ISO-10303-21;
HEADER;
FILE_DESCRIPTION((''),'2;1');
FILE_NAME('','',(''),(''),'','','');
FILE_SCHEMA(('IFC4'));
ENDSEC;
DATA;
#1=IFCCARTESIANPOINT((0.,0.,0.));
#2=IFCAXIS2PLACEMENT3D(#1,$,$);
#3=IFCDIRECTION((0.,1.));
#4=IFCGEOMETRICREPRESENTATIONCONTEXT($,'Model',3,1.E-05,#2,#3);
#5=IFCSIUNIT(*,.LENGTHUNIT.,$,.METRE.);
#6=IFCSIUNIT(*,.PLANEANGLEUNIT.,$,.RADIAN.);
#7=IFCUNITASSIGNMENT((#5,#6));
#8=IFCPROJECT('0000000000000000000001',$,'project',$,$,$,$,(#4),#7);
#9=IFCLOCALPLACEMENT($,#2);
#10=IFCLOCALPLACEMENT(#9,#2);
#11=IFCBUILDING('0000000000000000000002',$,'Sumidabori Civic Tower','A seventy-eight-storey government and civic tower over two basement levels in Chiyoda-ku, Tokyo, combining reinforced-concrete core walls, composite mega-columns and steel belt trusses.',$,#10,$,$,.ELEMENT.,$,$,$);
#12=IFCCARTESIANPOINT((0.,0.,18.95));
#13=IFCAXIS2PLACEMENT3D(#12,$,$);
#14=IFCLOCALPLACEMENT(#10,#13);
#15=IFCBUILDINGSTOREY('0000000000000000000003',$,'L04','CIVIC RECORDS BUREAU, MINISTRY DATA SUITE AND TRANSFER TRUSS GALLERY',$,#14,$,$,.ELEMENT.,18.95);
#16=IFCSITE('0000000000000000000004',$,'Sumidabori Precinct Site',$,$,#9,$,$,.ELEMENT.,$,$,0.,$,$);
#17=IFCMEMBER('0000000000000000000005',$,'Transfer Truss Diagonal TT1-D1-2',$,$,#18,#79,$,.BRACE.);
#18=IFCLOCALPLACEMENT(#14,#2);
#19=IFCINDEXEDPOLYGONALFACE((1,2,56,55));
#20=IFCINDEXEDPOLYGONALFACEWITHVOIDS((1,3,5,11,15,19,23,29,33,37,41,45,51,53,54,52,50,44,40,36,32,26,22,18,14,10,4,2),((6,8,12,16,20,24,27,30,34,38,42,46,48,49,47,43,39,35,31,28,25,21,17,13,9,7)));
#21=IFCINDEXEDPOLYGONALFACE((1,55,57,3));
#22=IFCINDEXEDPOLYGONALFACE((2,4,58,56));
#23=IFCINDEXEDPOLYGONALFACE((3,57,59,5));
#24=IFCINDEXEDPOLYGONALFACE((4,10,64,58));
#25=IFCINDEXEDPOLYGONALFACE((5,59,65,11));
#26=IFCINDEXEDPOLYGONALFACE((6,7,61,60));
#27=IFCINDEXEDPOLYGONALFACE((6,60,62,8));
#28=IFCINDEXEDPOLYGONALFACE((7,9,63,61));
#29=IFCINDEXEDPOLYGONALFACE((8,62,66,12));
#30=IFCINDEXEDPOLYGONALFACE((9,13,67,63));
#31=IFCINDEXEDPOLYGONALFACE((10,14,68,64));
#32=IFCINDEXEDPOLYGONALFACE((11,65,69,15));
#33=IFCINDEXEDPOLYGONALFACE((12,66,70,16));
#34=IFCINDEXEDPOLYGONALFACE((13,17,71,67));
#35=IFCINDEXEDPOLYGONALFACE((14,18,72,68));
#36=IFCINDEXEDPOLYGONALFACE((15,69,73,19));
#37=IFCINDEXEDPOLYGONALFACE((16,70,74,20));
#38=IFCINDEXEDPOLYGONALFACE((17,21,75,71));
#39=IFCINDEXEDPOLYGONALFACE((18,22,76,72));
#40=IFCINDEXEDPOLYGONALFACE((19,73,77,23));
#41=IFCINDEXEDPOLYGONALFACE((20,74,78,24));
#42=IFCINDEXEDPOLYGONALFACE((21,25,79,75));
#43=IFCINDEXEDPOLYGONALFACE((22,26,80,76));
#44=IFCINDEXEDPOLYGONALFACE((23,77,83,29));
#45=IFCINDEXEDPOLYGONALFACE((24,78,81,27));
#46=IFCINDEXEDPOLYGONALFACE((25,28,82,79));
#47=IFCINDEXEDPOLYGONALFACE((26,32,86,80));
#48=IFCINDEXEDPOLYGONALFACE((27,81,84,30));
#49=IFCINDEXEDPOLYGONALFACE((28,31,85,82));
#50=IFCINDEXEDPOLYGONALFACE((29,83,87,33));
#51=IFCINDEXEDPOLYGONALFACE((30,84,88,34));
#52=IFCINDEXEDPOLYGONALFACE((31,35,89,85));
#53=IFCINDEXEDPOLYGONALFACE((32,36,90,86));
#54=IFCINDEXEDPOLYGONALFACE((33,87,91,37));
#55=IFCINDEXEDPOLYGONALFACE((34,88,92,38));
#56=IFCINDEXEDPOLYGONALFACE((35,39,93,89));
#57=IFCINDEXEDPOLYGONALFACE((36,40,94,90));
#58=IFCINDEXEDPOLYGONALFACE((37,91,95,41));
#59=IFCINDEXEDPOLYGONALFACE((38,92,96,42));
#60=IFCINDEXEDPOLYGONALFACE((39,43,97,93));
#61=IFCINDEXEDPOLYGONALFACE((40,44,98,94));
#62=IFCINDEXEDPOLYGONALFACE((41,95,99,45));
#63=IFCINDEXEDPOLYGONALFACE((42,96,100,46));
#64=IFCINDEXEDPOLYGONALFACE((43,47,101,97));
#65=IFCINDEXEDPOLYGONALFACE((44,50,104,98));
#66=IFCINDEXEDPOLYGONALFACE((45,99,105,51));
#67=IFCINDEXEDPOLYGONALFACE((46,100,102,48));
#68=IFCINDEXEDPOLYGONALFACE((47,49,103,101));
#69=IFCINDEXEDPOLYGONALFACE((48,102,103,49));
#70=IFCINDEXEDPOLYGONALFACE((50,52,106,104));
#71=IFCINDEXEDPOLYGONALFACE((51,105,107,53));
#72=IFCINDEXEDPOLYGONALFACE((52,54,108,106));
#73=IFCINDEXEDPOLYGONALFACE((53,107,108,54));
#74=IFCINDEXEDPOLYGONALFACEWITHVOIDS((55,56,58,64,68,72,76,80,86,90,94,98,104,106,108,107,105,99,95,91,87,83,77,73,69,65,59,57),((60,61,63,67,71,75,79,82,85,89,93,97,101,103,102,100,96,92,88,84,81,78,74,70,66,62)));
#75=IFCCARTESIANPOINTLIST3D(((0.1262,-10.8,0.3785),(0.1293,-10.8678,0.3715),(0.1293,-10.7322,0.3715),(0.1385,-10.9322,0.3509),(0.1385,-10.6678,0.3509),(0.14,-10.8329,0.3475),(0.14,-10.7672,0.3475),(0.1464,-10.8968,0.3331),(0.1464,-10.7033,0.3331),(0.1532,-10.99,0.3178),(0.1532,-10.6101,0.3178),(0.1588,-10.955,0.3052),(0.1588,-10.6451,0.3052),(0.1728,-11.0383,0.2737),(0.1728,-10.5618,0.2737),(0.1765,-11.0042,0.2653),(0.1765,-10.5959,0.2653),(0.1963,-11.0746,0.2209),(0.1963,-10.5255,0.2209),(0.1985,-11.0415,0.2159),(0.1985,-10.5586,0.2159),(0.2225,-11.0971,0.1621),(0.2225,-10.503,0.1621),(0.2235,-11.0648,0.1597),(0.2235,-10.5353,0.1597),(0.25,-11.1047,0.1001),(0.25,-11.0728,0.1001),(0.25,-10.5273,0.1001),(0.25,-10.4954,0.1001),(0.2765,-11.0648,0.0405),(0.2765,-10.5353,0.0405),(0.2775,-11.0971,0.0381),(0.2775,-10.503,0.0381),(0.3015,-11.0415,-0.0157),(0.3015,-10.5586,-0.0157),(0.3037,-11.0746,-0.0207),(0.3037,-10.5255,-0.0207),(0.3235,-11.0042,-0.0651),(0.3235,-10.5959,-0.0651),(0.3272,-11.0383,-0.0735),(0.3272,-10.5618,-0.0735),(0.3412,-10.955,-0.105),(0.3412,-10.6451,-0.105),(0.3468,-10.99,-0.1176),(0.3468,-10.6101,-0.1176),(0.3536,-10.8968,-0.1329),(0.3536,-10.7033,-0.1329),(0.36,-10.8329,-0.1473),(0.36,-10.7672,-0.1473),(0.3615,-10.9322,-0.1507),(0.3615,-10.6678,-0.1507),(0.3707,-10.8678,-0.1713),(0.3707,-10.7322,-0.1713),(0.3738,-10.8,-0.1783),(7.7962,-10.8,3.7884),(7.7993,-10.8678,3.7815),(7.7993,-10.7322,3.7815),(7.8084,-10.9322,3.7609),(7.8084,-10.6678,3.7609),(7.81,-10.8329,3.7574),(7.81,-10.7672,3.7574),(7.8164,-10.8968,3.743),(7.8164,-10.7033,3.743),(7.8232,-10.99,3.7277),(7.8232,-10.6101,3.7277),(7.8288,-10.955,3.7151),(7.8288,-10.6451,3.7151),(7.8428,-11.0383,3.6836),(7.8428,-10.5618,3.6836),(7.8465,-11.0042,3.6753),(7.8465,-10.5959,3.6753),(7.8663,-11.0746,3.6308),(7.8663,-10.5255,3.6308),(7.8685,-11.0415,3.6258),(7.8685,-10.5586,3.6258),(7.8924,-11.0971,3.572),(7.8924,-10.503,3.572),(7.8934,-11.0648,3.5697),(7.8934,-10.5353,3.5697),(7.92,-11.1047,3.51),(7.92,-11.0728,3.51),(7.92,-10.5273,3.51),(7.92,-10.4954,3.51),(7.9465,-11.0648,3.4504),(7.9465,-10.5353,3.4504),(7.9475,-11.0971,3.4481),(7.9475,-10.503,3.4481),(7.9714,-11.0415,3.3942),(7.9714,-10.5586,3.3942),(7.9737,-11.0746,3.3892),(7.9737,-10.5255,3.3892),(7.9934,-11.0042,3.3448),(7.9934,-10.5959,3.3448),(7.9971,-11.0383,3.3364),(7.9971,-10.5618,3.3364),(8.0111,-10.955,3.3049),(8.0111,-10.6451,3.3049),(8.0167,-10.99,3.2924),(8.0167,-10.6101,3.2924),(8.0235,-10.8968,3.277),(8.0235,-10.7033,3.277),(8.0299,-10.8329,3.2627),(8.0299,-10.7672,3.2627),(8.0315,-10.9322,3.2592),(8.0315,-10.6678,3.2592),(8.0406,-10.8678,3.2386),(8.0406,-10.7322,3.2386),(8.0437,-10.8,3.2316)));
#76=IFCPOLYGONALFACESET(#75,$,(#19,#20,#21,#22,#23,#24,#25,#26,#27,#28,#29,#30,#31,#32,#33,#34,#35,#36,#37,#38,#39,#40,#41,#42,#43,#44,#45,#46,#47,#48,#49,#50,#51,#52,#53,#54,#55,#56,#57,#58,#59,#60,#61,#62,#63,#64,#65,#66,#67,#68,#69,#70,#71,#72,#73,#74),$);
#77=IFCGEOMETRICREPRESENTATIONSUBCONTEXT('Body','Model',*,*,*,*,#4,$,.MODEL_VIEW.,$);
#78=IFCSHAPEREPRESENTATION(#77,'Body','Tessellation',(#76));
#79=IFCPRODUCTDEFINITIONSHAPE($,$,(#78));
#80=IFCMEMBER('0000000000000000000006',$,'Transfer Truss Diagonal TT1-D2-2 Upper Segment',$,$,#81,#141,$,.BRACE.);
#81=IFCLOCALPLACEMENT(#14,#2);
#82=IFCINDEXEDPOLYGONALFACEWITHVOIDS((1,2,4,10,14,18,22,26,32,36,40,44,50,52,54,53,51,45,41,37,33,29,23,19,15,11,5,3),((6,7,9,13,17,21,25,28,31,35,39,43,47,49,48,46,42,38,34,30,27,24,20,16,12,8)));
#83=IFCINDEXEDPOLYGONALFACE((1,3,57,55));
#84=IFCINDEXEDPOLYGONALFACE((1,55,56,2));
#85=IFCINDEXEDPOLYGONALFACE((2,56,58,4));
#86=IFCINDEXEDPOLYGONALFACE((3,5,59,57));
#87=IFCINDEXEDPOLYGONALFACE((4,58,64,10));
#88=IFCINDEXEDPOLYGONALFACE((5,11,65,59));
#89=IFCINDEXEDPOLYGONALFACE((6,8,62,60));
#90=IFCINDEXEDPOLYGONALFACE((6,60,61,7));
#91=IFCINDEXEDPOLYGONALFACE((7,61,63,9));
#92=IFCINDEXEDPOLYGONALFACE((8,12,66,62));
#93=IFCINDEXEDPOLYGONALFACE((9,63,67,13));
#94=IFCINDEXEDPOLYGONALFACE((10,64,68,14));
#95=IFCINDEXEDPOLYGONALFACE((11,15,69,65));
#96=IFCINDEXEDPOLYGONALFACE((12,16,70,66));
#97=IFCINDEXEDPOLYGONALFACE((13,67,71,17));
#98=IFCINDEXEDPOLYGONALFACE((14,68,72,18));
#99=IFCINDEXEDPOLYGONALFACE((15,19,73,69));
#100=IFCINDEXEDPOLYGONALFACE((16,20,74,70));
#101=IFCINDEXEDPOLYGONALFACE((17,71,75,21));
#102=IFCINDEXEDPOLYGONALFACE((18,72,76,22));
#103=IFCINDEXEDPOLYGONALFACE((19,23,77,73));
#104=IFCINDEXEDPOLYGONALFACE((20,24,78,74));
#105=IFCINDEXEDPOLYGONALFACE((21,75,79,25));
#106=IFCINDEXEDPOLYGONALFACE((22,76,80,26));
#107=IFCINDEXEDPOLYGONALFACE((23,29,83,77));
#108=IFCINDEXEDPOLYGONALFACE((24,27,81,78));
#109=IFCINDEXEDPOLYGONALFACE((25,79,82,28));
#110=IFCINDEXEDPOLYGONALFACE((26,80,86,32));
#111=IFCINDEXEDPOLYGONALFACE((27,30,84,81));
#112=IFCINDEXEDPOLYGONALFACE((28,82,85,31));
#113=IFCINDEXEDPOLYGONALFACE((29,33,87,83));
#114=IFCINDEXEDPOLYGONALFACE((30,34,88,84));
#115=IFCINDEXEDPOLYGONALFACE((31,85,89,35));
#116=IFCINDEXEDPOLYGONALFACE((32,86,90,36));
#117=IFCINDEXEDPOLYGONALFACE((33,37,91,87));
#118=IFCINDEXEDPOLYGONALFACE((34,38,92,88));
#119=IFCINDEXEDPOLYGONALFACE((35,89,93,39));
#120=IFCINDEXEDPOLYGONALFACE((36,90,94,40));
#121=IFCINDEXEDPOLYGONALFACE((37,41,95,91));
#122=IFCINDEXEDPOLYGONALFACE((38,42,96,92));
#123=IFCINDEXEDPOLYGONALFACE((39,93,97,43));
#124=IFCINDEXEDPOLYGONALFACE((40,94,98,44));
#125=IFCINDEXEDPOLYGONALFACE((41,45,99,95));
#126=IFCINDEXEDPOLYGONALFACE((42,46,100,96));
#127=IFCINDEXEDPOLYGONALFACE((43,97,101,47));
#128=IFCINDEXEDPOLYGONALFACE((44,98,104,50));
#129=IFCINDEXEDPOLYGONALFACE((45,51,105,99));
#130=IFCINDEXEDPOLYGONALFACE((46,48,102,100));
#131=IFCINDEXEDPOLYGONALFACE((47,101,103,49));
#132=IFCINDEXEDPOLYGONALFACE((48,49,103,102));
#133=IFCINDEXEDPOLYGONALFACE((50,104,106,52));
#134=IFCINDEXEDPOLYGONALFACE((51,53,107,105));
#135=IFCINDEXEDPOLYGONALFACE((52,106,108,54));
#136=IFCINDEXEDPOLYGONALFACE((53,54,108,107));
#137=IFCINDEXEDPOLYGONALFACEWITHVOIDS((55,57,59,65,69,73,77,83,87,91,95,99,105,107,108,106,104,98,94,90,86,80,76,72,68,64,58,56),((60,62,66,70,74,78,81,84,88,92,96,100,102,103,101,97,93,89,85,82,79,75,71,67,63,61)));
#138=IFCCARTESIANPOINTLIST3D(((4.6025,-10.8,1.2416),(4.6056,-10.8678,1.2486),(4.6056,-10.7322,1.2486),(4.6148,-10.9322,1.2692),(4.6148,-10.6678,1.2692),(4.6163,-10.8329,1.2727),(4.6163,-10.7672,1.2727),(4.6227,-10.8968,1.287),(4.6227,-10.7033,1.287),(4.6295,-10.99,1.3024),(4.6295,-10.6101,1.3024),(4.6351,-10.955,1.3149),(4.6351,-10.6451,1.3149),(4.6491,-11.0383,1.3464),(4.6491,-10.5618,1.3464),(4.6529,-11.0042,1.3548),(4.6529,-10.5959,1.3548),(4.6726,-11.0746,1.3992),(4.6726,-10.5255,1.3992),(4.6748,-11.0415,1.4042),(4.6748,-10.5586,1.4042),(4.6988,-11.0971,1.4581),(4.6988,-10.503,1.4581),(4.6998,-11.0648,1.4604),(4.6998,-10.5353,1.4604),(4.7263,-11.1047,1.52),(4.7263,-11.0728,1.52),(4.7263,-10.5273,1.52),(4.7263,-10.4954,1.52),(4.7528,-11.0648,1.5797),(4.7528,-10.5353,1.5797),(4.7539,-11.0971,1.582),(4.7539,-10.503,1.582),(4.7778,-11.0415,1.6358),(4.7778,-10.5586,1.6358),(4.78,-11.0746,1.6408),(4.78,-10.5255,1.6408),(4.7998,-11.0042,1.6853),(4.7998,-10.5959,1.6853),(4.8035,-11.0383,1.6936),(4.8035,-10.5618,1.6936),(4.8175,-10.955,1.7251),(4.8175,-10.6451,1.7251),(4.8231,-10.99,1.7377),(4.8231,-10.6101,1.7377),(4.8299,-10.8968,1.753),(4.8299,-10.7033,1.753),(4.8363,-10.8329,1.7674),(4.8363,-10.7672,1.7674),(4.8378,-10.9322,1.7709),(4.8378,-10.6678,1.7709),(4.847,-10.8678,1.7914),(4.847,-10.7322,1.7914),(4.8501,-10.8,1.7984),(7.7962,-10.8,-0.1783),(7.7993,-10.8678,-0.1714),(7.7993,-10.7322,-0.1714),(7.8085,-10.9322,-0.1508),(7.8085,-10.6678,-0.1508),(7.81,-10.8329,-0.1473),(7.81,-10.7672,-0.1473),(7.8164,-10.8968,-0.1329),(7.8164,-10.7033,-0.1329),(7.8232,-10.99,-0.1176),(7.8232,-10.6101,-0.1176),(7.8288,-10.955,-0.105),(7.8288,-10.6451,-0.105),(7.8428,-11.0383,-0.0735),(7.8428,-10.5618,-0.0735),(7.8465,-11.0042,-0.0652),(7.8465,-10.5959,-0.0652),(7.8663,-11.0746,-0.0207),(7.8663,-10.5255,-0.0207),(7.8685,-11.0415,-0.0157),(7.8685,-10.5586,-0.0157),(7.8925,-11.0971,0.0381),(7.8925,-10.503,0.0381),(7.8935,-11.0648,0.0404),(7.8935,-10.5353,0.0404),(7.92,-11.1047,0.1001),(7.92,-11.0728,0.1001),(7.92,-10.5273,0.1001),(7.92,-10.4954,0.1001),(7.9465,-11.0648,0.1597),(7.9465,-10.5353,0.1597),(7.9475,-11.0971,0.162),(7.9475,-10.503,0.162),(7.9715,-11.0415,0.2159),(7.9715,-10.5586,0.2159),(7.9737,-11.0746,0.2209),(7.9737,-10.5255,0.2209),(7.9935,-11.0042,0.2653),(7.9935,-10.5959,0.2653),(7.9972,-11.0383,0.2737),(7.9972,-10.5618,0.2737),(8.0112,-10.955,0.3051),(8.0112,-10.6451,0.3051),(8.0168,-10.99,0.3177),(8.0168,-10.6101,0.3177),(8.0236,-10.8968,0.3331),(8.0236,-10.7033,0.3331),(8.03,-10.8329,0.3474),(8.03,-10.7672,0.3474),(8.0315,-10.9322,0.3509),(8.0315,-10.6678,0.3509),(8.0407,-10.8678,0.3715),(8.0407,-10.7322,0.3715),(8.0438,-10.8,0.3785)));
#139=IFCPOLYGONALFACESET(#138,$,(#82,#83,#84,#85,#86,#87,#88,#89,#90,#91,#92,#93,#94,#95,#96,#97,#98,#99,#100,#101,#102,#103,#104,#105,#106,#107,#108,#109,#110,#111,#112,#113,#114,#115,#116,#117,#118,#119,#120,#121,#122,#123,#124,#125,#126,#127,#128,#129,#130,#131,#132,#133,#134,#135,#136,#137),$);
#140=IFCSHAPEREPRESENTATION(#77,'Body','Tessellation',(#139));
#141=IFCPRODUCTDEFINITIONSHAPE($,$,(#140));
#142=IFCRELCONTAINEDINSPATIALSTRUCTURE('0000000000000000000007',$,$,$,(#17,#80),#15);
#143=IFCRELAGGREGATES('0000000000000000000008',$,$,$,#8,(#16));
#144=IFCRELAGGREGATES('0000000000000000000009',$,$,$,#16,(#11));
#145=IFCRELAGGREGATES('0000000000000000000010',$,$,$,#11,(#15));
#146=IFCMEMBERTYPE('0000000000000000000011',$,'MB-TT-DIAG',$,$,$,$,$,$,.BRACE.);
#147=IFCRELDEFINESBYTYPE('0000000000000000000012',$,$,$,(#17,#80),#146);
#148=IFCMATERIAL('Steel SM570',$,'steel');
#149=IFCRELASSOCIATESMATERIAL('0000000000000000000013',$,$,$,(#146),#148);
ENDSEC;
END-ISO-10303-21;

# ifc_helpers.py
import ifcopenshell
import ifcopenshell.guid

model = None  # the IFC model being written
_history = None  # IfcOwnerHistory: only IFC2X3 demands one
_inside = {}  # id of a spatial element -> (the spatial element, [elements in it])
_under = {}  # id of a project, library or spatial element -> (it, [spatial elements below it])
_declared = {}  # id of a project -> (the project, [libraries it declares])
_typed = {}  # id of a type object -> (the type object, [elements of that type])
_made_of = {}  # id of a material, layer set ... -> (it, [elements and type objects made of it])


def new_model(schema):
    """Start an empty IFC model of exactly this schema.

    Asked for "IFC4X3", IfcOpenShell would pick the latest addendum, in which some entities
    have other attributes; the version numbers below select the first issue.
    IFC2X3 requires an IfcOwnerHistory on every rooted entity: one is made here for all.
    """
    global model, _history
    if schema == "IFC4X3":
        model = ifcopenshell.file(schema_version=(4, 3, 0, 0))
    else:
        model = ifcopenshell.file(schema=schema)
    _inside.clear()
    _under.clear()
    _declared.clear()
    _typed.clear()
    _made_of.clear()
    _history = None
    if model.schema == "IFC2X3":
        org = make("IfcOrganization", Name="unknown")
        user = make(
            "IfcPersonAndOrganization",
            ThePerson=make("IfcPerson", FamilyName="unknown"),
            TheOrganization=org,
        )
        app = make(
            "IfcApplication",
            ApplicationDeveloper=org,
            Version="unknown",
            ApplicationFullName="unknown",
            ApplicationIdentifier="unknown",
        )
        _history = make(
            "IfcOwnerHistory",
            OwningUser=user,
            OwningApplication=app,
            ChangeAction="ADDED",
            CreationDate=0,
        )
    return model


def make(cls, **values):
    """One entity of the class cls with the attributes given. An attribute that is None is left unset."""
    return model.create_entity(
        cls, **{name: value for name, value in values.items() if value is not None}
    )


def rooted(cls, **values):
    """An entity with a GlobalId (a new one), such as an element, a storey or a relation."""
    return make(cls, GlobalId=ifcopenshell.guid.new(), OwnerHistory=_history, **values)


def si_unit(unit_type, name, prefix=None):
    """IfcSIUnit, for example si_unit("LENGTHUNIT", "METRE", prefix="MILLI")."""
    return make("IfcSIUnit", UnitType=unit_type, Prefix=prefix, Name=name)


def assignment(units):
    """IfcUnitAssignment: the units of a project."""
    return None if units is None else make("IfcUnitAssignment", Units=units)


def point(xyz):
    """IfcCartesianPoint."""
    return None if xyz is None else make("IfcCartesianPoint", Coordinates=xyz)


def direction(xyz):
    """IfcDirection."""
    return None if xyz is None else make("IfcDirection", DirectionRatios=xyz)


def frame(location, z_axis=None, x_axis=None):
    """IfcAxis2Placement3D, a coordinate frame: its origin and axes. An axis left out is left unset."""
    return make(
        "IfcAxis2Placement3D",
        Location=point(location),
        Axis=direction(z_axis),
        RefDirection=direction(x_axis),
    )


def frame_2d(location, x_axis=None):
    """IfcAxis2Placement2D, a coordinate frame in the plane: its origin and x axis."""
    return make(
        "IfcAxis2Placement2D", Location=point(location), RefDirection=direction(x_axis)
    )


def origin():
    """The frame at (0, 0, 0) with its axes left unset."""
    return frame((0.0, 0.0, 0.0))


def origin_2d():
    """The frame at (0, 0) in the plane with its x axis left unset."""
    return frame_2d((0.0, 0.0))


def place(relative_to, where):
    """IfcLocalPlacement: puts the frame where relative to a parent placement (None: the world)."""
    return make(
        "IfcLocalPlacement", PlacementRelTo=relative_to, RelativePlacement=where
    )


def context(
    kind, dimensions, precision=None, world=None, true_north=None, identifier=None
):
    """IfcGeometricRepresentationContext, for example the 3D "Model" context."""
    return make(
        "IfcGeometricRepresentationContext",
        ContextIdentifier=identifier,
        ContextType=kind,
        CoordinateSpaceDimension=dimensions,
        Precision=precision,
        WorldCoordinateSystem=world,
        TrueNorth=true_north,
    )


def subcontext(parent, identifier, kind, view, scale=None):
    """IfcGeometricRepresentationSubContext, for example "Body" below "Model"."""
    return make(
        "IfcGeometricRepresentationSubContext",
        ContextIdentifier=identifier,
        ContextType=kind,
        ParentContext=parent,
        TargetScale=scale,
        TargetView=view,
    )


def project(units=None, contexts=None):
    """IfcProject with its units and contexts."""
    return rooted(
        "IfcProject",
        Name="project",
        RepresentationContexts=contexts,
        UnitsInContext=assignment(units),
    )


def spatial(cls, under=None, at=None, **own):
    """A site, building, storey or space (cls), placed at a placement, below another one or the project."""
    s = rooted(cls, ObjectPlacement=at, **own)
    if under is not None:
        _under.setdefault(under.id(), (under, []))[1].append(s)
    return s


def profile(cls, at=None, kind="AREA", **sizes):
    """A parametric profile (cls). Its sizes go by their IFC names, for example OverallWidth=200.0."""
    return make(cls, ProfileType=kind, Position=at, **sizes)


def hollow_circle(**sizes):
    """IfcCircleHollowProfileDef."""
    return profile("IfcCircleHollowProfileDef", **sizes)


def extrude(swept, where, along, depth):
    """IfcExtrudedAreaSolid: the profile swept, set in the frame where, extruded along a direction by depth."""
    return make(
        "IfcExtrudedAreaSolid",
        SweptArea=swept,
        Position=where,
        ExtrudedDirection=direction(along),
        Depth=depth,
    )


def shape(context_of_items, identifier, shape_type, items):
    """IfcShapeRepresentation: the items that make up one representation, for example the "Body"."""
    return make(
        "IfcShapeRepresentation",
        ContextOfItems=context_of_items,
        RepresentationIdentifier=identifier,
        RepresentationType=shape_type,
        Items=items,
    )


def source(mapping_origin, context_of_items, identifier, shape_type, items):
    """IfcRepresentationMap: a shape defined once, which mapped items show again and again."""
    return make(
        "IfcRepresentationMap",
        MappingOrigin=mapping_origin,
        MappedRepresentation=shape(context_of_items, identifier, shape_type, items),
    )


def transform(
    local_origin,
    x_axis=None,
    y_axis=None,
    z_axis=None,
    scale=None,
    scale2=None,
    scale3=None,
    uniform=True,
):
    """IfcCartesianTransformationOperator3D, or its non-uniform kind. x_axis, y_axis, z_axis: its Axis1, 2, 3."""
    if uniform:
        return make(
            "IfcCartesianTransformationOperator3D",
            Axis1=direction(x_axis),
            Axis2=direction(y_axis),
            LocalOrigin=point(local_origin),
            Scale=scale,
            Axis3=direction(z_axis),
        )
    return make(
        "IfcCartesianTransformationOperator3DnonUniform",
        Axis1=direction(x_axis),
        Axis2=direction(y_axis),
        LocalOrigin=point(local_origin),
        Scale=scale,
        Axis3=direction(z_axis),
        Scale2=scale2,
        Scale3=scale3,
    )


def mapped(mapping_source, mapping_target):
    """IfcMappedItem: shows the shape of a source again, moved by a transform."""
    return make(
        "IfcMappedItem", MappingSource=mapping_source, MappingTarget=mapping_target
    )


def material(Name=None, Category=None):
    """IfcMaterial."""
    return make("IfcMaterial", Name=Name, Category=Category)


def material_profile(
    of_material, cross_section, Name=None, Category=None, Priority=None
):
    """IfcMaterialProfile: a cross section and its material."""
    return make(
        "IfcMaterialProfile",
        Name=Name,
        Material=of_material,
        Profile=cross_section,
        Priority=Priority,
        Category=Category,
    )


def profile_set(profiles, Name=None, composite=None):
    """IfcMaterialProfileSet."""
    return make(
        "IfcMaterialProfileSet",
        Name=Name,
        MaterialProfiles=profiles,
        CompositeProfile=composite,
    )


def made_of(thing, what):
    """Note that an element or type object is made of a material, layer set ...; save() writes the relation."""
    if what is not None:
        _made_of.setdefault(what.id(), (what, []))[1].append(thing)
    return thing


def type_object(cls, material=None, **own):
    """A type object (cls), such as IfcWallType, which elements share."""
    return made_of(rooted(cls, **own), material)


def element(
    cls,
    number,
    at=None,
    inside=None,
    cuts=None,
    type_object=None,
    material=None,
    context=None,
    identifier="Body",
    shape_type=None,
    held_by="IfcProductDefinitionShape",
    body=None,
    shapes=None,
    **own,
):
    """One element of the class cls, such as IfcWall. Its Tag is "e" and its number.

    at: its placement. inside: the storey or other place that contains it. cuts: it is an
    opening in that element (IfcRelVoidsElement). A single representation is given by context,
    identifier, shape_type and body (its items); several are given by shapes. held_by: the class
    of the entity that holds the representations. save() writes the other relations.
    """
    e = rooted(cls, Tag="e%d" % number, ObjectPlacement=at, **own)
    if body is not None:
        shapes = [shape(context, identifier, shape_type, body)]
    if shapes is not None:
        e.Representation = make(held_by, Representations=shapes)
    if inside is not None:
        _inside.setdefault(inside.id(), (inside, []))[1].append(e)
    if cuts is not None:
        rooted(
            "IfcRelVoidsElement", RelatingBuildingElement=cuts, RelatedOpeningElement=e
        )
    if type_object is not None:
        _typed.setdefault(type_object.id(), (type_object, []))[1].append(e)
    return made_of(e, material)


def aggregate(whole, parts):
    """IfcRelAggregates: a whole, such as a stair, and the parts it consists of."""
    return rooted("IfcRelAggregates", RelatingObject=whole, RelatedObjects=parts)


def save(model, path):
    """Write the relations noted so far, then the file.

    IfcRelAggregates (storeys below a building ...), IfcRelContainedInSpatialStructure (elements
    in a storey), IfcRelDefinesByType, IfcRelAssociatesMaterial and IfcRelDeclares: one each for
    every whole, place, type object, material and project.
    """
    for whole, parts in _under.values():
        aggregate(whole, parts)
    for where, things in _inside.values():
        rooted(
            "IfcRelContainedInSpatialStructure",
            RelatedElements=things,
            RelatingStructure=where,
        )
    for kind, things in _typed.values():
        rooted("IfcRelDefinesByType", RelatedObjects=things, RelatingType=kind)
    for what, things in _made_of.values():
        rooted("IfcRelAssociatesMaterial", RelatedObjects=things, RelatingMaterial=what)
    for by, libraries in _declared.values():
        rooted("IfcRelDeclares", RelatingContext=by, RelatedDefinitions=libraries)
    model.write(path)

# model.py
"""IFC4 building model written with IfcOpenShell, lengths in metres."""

from ifc_helpers import new_model, si_unit, direction, frame, origin, origin_2d, place, context, subcontext, project, spatial, hollow_circle, extrude, source, transform, mapped, material, material_profile, profile_set, type_object, element, save


model = new_model("IFC4")

# Units and contexts
model_context = context("Model", 3, precision=1e-05, world=origin(), true_north=direction((0.0, 1.0)))
body_context = subcontext(model_context, "Body", "Model", "MODEL_VIEW")
ifc_project = project(units=[si_unit("LENGTHUNIT", "METRE"), si_unit("PLANEANGLEUNIT", "RADIAN")], contexts=[model_context])

# Site, building, storey
site_placement = place(None, origin())
site = spatial("IfcSite", under=ifc_project, at=site_placement, Name="Sumidabori Precinct Site", CompositionType="ELEMENT", RefElevation=0.0)
building_placement = place(site_placement, origin())
building = spatial("IfcBuilding", under=site, at=building_placement, Name="Sumidabori Civic Tower", Description="A seventy-eight-storey government and civic tower over two basement levels in Chiyoda-ku, Tokyo, combining reinforced-concrete core walls, composite mega-columns and steel belt trusses.", CompositionType="ELEMENT")
storey_placement = place(building_placement, frame((0.0, 0.0, 18.95)))
storey = spatial("IfcBuildingStorey", under=building, at=storey_placement, Name="L04", Description="CIVIC RECORDS BUREAU, MINISTRY DATA SUITE AND TRANSFER TRUSS GALLERY", CompositionType="ELEMENT", Elevation=18.95)

# Shared definitions
ifc_material_1 = material(Name="Steel SM570", Category="steel")

# Members
ifc_material_profile_1 = material_profile(ifc_material_1, hollow_circle(Radius=0.3047, WallThickness=0.032, at=origin_2d()), Name="CHS 609.6x32")
ifc_profile_set_1 = profile_set([ifc_material_profile_1], Name="Steel SM570")
member_type = type_object("IfcMemberType", Name="MB-TT-DIAG", PredefinedType="BRACE", material=ifc_profile_set_1)
shared_shape_1 = source(origin(), body_context, "Body", "SweptSolid", [
    extrude(hollow_circle(Radius=0.3047, WallThickness=0.032, at=origin_2d()), origin(), (0.0, 0.0, 1.0), 8.3938),
])
member_1_placement = place(storey_placement, frame((0.25, -10.8, 0.1001), z_axis=(0.913765, 0.0, 0.406244), x_axis=(0.0, 1.0, 0.0)))
element("IfcMember", 1, at=member_1_placement, inside=storey, type_object=member_type, Name="Transfer Truss Diagonal TT1-D1-2", PredefinedType="BRACE", context=body_context, shape_type="MappedRepresentation", body=[
    mapped(shared_shape_1, transform((0.0, 0.0, 0.0), x_axis=(1.0, 0.0, 0.0), y_axis=(0.0, 1.0, 0.0), z_axis=(0.0, 0.0, 1.0), scale=1.0)),
])
shared_shape_2 = source(origin(), body_context, "Body", "SweptSolid", [
    extrude(hollow_circle(Radius=0.3047, WallThickness=0.032, at=origin_2d()), origin(), (0.0, 0.0, 1.0), 3.4951),
])
member_2_placement = place(storey_placement, frame((4.7263, -10.8, 1.52), z_axis=(0.913754, 0.0, -0.406268), x_axis=(0.0, 1.0, 0.0)))
element("IfcMember", 2, at=member_2_placement, inside=storey, type_object=member_type, Name="Transfer Truss Diagonal TT1-D2-2 Upper Segment", PredefinedType="BRACE", context=body_context, shape_type="MappedRepresentation", body=[
    mapped(shared_shape_2, transform((0.0, 0.0, 0.0), x_axis=(1.0, 0.0, 0.0), y_axis=(0.0, 1.0, 0.0), z_axis=(0.0, 0.0, 1.0), scale=1.0)),
])

save(model, "model.ifc")
